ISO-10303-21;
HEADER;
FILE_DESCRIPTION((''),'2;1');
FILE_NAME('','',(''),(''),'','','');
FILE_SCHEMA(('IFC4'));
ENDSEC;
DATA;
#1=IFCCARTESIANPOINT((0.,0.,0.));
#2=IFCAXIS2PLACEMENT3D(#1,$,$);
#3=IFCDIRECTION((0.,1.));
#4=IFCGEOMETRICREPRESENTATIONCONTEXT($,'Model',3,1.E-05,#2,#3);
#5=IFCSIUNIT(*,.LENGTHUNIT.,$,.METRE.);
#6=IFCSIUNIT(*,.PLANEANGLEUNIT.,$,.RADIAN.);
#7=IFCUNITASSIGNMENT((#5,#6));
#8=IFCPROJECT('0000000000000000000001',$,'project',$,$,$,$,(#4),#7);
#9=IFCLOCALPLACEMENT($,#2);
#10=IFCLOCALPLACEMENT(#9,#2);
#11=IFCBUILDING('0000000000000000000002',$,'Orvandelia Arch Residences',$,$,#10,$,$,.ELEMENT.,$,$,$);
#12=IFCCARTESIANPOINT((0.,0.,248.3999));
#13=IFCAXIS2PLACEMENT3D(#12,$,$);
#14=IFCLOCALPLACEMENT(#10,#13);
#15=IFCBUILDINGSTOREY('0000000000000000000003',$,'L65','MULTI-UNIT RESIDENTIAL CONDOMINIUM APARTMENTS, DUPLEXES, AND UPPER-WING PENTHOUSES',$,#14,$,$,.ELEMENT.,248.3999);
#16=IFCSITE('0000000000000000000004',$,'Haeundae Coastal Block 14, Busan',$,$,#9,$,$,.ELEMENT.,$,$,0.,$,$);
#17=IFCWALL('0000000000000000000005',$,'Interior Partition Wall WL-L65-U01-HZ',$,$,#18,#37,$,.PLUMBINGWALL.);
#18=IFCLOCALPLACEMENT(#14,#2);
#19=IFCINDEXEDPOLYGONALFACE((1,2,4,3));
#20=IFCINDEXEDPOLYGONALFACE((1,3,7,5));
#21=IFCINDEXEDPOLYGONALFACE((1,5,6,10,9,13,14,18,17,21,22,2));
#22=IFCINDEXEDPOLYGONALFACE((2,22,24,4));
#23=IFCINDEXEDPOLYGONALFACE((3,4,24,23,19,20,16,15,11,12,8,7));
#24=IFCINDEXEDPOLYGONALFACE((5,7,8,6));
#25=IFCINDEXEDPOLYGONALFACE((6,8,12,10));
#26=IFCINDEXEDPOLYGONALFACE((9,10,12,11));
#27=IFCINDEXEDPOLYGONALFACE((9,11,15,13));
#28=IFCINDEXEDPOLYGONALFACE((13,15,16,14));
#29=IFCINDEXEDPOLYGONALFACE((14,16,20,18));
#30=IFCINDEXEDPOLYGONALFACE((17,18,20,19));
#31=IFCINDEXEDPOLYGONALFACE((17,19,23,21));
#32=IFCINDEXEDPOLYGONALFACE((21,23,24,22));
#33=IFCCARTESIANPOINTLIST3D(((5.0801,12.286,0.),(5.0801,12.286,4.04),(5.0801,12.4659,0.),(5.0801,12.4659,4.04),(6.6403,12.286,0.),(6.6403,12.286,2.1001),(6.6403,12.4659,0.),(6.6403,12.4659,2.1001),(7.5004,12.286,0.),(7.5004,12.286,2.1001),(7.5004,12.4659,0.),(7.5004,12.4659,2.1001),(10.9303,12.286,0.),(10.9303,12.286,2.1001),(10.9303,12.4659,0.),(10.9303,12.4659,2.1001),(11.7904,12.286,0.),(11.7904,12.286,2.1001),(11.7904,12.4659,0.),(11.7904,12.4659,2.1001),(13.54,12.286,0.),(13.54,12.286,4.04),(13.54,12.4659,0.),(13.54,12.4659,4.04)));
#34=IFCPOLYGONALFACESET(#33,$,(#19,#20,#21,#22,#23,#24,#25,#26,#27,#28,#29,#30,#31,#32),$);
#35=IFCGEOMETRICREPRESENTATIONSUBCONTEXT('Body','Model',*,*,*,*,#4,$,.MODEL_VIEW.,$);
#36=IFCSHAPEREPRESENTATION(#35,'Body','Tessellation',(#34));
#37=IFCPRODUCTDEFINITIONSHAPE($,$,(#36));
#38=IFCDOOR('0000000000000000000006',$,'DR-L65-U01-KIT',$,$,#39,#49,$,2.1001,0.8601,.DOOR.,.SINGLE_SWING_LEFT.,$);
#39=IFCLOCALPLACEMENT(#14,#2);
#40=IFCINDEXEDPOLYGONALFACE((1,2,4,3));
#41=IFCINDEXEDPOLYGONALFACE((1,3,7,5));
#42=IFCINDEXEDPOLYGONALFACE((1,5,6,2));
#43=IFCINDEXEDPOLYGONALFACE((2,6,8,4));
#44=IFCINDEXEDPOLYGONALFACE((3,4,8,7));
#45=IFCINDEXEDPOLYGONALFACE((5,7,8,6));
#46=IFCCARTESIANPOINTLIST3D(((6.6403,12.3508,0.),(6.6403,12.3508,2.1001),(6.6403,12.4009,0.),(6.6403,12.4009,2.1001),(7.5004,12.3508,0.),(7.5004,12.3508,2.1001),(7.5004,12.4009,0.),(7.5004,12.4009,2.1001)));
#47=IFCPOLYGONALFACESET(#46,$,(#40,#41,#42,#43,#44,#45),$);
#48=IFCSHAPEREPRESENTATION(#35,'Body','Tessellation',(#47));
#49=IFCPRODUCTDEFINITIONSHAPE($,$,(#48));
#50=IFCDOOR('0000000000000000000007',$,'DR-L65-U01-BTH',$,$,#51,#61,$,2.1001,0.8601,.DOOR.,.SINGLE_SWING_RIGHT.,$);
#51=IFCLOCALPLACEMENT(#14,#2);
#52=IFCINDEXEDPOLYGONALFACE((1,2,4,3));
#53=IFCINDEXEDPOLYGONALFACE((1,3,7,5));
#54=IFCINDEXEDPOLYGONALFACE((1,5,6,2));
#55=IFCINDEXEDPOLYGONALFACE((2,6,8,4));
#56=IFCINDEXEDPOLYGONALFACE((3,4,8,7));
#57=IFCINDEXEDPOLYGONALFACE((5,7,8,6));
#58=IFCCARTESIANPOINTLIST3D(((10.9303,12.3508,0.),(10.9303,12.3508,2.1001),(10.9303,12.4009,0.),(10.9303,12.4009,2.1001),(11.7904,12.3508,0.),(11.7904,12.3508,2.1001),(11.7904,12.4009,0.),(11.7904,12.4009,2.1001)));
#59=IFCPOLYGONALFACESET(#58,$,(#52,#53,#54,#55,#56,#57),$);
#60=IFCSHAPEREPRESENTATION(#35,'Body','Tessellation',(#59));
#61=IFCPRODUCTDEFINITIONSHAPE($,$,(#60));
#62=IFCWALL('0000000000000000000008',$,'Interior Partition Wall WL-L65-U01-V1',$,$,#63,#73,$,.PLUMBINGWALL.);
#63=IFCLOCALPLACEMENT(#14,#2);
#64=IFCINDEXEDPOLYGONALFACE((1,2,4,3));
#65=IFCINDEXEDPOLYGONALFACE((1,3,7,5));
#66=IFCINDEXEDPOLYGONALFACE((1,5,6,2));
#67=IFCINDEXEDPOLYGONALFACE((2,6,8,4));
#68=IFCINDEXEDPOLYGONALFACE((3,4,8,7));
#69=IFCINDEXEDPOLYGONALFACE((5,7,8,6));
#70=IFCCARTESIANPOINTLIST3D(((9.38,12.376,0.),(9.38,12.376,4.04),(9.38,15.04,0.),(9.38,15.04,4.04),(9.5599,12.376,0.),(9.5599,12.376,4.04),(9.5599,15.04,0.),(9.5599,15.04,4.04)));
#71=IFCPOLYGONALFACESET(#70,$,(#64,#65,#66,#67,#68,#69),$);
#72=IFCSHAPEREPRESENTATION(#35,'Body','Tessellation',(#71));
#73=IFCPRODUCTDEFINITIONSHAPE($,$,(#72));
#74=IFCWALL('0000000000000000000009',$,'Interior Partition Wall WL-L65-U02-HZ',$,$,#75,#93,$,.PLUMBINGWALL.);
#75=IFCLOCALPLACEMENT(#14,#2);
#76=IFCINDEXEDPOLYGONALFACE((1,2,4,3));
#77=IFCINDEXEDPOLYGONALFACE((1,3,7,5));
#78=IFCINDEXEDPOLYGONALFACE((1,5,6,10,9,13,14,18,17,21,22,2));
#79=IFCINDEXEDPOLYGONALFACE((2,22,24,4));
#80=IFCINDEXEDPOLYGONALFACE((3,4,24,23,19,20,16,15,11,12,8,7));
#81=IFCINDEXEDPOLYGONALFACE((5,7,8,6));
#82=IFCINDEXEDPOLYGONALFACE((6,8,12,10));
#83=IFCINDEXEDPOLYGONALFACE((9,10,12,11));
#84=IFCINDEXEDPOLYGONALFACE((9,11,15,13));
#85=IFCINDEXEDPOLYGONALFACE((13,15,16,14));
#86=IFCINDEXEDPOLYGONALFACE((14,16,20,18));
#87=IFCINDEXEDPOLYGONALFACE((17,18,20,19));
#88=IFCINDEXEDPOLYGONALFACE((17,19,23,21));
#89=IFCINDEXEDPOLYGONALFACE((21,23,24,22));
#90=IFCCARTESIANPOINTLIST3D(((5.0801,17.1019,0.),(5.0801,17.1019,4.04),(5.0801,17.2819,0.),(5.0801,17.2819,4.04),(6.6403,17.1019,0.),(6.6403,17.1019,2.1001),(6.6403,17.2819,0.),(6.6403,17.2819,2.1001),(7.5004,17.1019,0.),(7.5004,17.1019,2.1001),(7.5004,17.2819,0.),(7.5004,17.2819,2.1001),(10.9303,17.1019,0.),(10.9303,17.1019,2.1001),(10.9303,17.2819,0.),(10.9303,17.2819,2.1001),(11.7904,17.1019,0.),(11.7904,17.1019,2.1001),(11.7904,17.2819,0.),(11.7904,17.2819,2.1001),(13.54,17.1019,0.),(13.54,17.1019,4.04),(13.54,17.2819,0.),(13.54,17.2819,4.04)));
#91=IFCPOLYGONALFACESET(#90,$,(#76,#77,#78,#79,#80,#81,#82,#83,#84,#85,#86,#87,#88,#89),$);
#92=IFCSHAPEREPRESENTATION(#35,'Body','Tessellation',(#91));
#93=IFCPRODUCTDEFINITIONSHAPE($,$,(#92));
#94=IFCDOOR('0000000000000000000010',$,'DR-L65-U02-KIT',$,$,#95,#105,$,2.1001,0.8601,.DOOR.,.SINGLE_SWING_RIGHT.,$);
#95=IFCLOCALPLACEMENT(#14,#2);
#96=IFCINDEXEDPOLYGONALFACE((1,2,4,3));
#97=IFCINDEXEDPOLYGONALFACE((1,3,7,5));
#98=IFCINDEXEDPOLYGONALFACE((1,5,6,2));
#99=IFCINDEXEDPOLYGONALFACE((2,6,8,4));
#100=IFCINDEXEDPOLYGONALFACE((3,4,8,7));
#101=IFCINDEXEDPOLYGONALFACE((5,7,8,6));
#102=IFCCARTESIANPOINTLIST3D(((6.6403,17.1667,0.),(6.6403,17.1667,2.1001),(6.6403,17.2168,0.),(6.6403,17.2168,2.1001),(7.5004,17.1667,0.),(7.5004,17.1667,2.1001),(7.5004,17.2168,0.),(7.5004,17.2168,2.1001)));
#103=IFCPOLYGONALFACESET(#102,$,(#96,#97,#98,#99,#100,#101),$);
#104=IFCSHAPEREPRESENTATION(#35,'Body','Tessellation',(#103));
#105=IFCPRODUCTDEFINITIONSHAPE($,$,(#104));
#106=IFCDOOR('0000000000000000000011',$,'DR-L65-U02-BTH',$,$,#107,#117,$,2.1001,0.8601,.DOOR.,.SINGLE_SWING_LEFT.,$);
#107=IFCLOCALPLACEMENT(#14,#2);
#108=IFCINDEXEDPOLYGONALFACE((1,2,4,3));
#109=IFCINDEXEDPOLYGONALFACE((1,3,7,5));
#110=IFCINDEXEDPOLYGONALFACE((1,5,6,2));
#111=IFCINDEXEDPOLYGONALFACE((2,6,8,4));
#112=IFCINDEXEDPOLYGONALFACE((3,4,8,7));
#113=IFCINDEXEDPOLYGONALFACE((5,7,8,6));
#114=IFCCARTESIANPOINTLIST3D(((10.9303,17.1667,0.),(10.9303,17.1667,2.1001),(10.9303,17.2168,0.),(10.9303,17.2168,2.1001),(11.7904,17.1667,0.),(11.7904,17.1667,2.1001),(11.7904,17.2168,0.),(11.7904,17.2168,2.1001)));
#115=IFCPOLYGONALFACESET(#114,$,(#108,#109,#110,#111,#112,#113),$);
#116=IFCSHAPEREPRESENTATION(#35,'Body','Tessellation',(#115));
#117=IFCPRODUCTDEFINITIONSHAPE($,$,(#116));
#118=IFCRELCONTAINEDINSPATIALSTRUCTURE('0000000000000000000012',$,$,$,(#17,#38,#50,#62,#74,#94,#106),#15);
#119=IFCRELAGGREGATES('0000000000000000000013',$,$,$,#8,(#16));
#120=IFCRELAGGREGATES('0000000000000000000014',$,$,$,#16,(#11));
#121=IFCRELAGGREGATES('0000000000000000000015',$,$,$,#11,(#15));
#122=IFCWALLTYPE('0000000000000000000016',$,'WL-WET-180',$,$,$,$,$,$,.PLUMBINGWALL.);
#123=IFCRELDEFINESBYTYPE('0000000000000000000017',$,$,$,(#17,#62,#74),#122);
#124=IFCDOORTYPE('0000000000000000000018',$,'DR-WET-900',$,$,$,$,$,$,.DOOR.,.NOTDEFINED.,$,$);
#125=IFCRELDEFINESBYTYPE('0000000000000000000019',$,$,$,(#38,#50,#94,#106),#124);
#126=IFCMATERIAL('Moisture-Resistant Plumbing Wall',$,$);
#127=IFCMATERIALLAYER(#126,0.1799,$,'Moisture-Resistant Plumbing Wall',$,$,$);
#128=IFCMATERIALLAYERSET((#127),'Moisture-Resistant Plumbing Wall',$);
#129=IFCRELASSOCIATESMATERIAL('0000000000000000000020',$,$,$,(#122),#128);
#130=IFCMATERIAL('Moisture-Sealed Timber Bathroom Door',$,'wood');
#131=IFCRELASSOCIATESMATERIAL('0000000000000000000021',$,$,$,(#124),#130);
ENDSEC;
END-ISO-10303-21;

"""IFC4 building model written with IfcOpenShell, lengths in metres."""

from ifc_helpers import new_model, si_unit, direction, frame, frame_2d, origin, place, context, subcontext, project, spatial, rectangle, extrude, material, layer, layer_set, type_object, element, fill, save


model = new_model("IFC4")

# Units and contexts
model_context = context("Model", 3, precision=1e-05, world=origin(), true_north=direction((0.0, 1.0)))
body_context = subcontext(model_context, "Body", "Model", "MODEL_VIEW")
ifc_project = project(units=[si_unit("LENGTHUNIT", "METRE"), si_unit("PLANEANGLEUNIT", "RADIAN")], contexts=[model_context])

# Site, building, storey
site_placement = place(None, origin())
site = spatial("IfcSite", under=ifc_project, at=site_placement, Name="Haeundae Coastal Block 14, Busan", CompositionType="ELEMENT", RefElevation=0.0)
building_placement = place(site_placement, origin())
building = spatial("IfcBuilding", under=site, at=building_placement, Name="Orvandelia Arch Residences", CompositionType="ELEMENT")
storey_placement = place(building_placement, frame((0.0, 0.0, 248.3999)))
storey = spatial("IfcBuildingStorey", under=building, at=storey_placement, Name="L65", Description="MULTI-UNIT RESIDENTIAL CONDOMINIUM APARTMENTS, DUPLEXES, AND UPPER-WING PENTHOUSES", CompositionType="ELEMENT", Elevation=248.3999)

# Wall, openings, doors
ifc_material_1 = material(Name="Moisture-Resistant Plumbing Wall")
ifc_layer_1 = layer(ifc_material_1, 0.1799, Name="Moisture-Resistant Plumbing Wall")
ifc_layer_set_1 = layer_set([ifc_layer_1], Name="Moisture-Resistant Plumbing Wall")
wall_type_1 = type_object("IfcWallType", Name="WL-WET-180", PredefinedType="PLUMBINGWALL", material=ifc_layer_set_1)
wall_1_placement = place(storey_placement, frame((5.0801, 12.376, 0.0), z_axis=(0.0, 0.0, 1.0), x_axis=(1.0, 0.0, 0.0)))
wall_1 = element("IfcWall", 1, at=wall_1_placement, inside=storey, type_object=wall_type_1, Name="Interior Partition Wall WL-L65-U01-HZ", PredefinedType="PLUMBINGWALL", context=body_context, shape_type="SweptSolid", body=[
    extrude(rectangle(XDim=8.46, YDim=0.1799, at=frame_2d((4.23, 0.0))), origin(), (0.0, 0.0, 1.0), 4.04),
])
opening_1_placement = place(wall_1_placement, frame((1.5601, 0.0, 0.0)))
opening_1 = element("IfcOpeningElement", 2, at=opening_1_placement, cuts=wall_1, PredefinedType="OPENING", context=body_context, shape_type="SweptSolid", body=[
    extrude(rectangle(XDim=0.8601, YDim=2.1001, at=frame_2d((0.4302, 1.05))), frame((0.0, 0.1001, 0.0), z_axis=(0.0, -1.0, 0.0), x_axis=(1.0, 0.0, 0.0)), (0.0, 0.0, 1.0), 0.2),
])
opening_2_placement = place(wall_1_placement, frame((5.8501, 0.0, 0.0)))
opening_2 = element("IfcOpeningElement", 3, at=opening_2_placement, cuts=wall_1, PredefinedType="OPENING", context=body_context, shape_type="SweptSolid", body=[
    extrude(rectangle(XDim=0.8601, YDim=2.1001, at=frame_2d((0.4302, 1.05))), frame((0.0, 0.1001, 0.0), z_axis=(0.0, -1.0, 0.0), x_axis=(1.0, 0.0, 0.0)), (0.0, 0.0, 1.0), 0.2),
])
ifc_material_2 = material(Name="Moisture-Sealed Timber Bathroom Door", Category="wood")
door_type_1 = type_object("IfcDoorType", Name="DR-WET-900", OperationType="NOTDEFINED", PredefinedType="DOOR", material=ifc_material_2)
door_1_placement = place(opening_1_placement, origin())
door_1 = element("IfcDoor", 4, at=door_1_placement, inside=storey, type_object=door_type_1, Name="DR-L65-U01-KIT", OperationType="SINGLE_SWING_LEFT", OverallHeight=2.1001, OverallWidth=0.8601, PredefinedType="DOOR", context=body_context, shape_type="SweptSolid", body=[
    extrude(rectangle(XDim=0.8601, YDim=2.1001, at=frame_2d((0.4302, 1.05))), frame((0.0, 0.0249, 0.0), z_axis=(0.0, -1.0, 0.0), x_axis=(1.0, 0.0, 0.0)), (0.0, 0.0, 1.0), 0.05),
])
fill(opening_1, door_1)
door_2_placement = place(opening_2_placement, origin())
door_2 = element("IfcDoor", 5, at=door_2_placement, inside=storey, type_object=door_type_1, Name="DR-L65-U01-BTH", OperationType="SINGLE_SWING_RIGHT", OverallHeight=2.1001, OverallWidth=0.8601, PredefinedType="DOOR", context=body_context, shape_type="SweptSolid", body=[
    extrude(rectangle(XDim=0.8601, YDim=2.1001, at=frame_2d((0.4302, 1.05))), frame((0.0, 0.0249, 0.0), z_axis=(0.0, -1.0, 0.0), x_axis=(1.0, 0.0, 0.0)), (0.0, 0.0, 1.0), 0.05),
])
fill(opening_2, door_2)

# Wall
wall_2_placement = place(storey_placement, frame((9.47, 12.376, 0.0), z_axis=(0.0, 0.0, 1.0), x_axis=(0.0, 1.0, 0.0)))
element("IfcWall", 6, at=wall_2_placement, inside=storey, type_object=wall_type_1, Name="Interior Partition Wall WL-L65-U01-V1", PredefinedType="PLUMBINGWALL", context=body_context, shape_type="SweptSolid", body=[
    extrude(rectangle(XDim=2.6641, YDim=0.1799, at=frame_2d((1.332, 0.0))), origin(), (0.0, 0.0, 1.0), 4.04),
])

# Wall, openings, doors
wall_3_placement = place(storey_placement, frame((5.0801, 17.1919, 0.0), z_axis=(0.0, 0.0, 1.0), x_axis=(1.0, 0.0, 0.0)))
wall_3 = element("IfcWall", 7, at=wall_3_placement, inside=storey, type_object=wall_type_1, Name="Interior Partition Wall WL-L65-U02-HZ", PredefinedType="PLUMBINGWALL", context=body_context, shape_type="SweptSolid", body=[
    extrude(rectangle(XDim=8.46, YDim=0.1799, at=frame_2d((4.23, 0.0))), origin(), (0.0, 0.0, 1.0), 4.04),
])
opening_3_placement = place(wall_3_placement, frame((1.5601, 0.0, 0.0)))
opening_3 = element("IfcOpeningElement", 8, at=opening_3_placement, cuts=wall_3, PredefinedType="OPENING", context=body_context, shape_type="SweptSolid", body=[
    extrude(rectangle(XDim=0.8601, YDim=2.1001, at=frame_2d((0.4302, 1.05))), frame((0.0, 0.1001, 0.0), z_axis=(0.0, -1.0, 0.0), x_axis=(1.0, 0.0, 0.0)), (0.0, 0.0, 1.0), 0.2),
])
opening_4_placement = place(wall_3_placement, frame((5.8501, 0.0, 0.0)))
opening_4 = element("IfcOpeningElement", 9, at=opening_4_placement, cuts=wall_3, PredefinedType="OPENING", context=body_context, shape_type="SweptSolid", body=[
    extrude(rectangle(XDim=0.8601, YDim=2.1001, at=frame_2d((0.4302, 1.05))), frame((0.0, 0.1001, 0.0), z_axis=(0.0, -1.0, 0.0), x_axis=(1.0, 0.0, 0.0)), (0.0, 0.0, 1.0), 0.2),
])
door_3_placement = place(opening_3_placement, origin())
door_3 = element("IfcDoor", 10, at=door_3_placement, inside=storey, type_object=door_type_1, Name="DR-L65-U02-KIT", OperationType="SINGLE_SWING_RIGHT", OverallHeight=2.1001, OverallWidth=0.8601, PredefinedType="DOOR", context=body_context, shape_type="SweptSolid", body=[
    extrude(rectangle(XDim=0.8601, YDim=2.1001, at=frame_2d((0.4302, 1.05))), frame((0.0, 0.0249, 0.0), z_axis=(0.0, -1.0, 0.0), x_axis=(1.0, 0.0, 0.0)), (0.0, 0.0, 1.0), 0.05),
])
fill(opening_3, door_3)
door_4_placement = place(opening_4_placement, origin())
door_4 = element("IfcDoor", 11, at=door_4_placement, inside=storey, type_object=door_type_1, Name="DR-L65-U02-BTH", OperationType="SINGLE_SWING_LEFT", OverallHeight=2.1001, OverallWidth=0.8601, PredefinedType="DOOR", context=body_context, shape_type="SweptSolid", body=[
    extrude(rectangle(XDim=0.8601, YDim=2.1001, at=frame_2d((0.4302, 1.05))), frame((0.0, 0.0249, 0.0), z_axis=(0.0, -1.0, 0.0), x_axis=(1.0, 0.0, 0.0)), (0.0, 0.0, 1.0), 0.05),
])
fill(opening_4, door_4)

save(model, "model.ifc")
